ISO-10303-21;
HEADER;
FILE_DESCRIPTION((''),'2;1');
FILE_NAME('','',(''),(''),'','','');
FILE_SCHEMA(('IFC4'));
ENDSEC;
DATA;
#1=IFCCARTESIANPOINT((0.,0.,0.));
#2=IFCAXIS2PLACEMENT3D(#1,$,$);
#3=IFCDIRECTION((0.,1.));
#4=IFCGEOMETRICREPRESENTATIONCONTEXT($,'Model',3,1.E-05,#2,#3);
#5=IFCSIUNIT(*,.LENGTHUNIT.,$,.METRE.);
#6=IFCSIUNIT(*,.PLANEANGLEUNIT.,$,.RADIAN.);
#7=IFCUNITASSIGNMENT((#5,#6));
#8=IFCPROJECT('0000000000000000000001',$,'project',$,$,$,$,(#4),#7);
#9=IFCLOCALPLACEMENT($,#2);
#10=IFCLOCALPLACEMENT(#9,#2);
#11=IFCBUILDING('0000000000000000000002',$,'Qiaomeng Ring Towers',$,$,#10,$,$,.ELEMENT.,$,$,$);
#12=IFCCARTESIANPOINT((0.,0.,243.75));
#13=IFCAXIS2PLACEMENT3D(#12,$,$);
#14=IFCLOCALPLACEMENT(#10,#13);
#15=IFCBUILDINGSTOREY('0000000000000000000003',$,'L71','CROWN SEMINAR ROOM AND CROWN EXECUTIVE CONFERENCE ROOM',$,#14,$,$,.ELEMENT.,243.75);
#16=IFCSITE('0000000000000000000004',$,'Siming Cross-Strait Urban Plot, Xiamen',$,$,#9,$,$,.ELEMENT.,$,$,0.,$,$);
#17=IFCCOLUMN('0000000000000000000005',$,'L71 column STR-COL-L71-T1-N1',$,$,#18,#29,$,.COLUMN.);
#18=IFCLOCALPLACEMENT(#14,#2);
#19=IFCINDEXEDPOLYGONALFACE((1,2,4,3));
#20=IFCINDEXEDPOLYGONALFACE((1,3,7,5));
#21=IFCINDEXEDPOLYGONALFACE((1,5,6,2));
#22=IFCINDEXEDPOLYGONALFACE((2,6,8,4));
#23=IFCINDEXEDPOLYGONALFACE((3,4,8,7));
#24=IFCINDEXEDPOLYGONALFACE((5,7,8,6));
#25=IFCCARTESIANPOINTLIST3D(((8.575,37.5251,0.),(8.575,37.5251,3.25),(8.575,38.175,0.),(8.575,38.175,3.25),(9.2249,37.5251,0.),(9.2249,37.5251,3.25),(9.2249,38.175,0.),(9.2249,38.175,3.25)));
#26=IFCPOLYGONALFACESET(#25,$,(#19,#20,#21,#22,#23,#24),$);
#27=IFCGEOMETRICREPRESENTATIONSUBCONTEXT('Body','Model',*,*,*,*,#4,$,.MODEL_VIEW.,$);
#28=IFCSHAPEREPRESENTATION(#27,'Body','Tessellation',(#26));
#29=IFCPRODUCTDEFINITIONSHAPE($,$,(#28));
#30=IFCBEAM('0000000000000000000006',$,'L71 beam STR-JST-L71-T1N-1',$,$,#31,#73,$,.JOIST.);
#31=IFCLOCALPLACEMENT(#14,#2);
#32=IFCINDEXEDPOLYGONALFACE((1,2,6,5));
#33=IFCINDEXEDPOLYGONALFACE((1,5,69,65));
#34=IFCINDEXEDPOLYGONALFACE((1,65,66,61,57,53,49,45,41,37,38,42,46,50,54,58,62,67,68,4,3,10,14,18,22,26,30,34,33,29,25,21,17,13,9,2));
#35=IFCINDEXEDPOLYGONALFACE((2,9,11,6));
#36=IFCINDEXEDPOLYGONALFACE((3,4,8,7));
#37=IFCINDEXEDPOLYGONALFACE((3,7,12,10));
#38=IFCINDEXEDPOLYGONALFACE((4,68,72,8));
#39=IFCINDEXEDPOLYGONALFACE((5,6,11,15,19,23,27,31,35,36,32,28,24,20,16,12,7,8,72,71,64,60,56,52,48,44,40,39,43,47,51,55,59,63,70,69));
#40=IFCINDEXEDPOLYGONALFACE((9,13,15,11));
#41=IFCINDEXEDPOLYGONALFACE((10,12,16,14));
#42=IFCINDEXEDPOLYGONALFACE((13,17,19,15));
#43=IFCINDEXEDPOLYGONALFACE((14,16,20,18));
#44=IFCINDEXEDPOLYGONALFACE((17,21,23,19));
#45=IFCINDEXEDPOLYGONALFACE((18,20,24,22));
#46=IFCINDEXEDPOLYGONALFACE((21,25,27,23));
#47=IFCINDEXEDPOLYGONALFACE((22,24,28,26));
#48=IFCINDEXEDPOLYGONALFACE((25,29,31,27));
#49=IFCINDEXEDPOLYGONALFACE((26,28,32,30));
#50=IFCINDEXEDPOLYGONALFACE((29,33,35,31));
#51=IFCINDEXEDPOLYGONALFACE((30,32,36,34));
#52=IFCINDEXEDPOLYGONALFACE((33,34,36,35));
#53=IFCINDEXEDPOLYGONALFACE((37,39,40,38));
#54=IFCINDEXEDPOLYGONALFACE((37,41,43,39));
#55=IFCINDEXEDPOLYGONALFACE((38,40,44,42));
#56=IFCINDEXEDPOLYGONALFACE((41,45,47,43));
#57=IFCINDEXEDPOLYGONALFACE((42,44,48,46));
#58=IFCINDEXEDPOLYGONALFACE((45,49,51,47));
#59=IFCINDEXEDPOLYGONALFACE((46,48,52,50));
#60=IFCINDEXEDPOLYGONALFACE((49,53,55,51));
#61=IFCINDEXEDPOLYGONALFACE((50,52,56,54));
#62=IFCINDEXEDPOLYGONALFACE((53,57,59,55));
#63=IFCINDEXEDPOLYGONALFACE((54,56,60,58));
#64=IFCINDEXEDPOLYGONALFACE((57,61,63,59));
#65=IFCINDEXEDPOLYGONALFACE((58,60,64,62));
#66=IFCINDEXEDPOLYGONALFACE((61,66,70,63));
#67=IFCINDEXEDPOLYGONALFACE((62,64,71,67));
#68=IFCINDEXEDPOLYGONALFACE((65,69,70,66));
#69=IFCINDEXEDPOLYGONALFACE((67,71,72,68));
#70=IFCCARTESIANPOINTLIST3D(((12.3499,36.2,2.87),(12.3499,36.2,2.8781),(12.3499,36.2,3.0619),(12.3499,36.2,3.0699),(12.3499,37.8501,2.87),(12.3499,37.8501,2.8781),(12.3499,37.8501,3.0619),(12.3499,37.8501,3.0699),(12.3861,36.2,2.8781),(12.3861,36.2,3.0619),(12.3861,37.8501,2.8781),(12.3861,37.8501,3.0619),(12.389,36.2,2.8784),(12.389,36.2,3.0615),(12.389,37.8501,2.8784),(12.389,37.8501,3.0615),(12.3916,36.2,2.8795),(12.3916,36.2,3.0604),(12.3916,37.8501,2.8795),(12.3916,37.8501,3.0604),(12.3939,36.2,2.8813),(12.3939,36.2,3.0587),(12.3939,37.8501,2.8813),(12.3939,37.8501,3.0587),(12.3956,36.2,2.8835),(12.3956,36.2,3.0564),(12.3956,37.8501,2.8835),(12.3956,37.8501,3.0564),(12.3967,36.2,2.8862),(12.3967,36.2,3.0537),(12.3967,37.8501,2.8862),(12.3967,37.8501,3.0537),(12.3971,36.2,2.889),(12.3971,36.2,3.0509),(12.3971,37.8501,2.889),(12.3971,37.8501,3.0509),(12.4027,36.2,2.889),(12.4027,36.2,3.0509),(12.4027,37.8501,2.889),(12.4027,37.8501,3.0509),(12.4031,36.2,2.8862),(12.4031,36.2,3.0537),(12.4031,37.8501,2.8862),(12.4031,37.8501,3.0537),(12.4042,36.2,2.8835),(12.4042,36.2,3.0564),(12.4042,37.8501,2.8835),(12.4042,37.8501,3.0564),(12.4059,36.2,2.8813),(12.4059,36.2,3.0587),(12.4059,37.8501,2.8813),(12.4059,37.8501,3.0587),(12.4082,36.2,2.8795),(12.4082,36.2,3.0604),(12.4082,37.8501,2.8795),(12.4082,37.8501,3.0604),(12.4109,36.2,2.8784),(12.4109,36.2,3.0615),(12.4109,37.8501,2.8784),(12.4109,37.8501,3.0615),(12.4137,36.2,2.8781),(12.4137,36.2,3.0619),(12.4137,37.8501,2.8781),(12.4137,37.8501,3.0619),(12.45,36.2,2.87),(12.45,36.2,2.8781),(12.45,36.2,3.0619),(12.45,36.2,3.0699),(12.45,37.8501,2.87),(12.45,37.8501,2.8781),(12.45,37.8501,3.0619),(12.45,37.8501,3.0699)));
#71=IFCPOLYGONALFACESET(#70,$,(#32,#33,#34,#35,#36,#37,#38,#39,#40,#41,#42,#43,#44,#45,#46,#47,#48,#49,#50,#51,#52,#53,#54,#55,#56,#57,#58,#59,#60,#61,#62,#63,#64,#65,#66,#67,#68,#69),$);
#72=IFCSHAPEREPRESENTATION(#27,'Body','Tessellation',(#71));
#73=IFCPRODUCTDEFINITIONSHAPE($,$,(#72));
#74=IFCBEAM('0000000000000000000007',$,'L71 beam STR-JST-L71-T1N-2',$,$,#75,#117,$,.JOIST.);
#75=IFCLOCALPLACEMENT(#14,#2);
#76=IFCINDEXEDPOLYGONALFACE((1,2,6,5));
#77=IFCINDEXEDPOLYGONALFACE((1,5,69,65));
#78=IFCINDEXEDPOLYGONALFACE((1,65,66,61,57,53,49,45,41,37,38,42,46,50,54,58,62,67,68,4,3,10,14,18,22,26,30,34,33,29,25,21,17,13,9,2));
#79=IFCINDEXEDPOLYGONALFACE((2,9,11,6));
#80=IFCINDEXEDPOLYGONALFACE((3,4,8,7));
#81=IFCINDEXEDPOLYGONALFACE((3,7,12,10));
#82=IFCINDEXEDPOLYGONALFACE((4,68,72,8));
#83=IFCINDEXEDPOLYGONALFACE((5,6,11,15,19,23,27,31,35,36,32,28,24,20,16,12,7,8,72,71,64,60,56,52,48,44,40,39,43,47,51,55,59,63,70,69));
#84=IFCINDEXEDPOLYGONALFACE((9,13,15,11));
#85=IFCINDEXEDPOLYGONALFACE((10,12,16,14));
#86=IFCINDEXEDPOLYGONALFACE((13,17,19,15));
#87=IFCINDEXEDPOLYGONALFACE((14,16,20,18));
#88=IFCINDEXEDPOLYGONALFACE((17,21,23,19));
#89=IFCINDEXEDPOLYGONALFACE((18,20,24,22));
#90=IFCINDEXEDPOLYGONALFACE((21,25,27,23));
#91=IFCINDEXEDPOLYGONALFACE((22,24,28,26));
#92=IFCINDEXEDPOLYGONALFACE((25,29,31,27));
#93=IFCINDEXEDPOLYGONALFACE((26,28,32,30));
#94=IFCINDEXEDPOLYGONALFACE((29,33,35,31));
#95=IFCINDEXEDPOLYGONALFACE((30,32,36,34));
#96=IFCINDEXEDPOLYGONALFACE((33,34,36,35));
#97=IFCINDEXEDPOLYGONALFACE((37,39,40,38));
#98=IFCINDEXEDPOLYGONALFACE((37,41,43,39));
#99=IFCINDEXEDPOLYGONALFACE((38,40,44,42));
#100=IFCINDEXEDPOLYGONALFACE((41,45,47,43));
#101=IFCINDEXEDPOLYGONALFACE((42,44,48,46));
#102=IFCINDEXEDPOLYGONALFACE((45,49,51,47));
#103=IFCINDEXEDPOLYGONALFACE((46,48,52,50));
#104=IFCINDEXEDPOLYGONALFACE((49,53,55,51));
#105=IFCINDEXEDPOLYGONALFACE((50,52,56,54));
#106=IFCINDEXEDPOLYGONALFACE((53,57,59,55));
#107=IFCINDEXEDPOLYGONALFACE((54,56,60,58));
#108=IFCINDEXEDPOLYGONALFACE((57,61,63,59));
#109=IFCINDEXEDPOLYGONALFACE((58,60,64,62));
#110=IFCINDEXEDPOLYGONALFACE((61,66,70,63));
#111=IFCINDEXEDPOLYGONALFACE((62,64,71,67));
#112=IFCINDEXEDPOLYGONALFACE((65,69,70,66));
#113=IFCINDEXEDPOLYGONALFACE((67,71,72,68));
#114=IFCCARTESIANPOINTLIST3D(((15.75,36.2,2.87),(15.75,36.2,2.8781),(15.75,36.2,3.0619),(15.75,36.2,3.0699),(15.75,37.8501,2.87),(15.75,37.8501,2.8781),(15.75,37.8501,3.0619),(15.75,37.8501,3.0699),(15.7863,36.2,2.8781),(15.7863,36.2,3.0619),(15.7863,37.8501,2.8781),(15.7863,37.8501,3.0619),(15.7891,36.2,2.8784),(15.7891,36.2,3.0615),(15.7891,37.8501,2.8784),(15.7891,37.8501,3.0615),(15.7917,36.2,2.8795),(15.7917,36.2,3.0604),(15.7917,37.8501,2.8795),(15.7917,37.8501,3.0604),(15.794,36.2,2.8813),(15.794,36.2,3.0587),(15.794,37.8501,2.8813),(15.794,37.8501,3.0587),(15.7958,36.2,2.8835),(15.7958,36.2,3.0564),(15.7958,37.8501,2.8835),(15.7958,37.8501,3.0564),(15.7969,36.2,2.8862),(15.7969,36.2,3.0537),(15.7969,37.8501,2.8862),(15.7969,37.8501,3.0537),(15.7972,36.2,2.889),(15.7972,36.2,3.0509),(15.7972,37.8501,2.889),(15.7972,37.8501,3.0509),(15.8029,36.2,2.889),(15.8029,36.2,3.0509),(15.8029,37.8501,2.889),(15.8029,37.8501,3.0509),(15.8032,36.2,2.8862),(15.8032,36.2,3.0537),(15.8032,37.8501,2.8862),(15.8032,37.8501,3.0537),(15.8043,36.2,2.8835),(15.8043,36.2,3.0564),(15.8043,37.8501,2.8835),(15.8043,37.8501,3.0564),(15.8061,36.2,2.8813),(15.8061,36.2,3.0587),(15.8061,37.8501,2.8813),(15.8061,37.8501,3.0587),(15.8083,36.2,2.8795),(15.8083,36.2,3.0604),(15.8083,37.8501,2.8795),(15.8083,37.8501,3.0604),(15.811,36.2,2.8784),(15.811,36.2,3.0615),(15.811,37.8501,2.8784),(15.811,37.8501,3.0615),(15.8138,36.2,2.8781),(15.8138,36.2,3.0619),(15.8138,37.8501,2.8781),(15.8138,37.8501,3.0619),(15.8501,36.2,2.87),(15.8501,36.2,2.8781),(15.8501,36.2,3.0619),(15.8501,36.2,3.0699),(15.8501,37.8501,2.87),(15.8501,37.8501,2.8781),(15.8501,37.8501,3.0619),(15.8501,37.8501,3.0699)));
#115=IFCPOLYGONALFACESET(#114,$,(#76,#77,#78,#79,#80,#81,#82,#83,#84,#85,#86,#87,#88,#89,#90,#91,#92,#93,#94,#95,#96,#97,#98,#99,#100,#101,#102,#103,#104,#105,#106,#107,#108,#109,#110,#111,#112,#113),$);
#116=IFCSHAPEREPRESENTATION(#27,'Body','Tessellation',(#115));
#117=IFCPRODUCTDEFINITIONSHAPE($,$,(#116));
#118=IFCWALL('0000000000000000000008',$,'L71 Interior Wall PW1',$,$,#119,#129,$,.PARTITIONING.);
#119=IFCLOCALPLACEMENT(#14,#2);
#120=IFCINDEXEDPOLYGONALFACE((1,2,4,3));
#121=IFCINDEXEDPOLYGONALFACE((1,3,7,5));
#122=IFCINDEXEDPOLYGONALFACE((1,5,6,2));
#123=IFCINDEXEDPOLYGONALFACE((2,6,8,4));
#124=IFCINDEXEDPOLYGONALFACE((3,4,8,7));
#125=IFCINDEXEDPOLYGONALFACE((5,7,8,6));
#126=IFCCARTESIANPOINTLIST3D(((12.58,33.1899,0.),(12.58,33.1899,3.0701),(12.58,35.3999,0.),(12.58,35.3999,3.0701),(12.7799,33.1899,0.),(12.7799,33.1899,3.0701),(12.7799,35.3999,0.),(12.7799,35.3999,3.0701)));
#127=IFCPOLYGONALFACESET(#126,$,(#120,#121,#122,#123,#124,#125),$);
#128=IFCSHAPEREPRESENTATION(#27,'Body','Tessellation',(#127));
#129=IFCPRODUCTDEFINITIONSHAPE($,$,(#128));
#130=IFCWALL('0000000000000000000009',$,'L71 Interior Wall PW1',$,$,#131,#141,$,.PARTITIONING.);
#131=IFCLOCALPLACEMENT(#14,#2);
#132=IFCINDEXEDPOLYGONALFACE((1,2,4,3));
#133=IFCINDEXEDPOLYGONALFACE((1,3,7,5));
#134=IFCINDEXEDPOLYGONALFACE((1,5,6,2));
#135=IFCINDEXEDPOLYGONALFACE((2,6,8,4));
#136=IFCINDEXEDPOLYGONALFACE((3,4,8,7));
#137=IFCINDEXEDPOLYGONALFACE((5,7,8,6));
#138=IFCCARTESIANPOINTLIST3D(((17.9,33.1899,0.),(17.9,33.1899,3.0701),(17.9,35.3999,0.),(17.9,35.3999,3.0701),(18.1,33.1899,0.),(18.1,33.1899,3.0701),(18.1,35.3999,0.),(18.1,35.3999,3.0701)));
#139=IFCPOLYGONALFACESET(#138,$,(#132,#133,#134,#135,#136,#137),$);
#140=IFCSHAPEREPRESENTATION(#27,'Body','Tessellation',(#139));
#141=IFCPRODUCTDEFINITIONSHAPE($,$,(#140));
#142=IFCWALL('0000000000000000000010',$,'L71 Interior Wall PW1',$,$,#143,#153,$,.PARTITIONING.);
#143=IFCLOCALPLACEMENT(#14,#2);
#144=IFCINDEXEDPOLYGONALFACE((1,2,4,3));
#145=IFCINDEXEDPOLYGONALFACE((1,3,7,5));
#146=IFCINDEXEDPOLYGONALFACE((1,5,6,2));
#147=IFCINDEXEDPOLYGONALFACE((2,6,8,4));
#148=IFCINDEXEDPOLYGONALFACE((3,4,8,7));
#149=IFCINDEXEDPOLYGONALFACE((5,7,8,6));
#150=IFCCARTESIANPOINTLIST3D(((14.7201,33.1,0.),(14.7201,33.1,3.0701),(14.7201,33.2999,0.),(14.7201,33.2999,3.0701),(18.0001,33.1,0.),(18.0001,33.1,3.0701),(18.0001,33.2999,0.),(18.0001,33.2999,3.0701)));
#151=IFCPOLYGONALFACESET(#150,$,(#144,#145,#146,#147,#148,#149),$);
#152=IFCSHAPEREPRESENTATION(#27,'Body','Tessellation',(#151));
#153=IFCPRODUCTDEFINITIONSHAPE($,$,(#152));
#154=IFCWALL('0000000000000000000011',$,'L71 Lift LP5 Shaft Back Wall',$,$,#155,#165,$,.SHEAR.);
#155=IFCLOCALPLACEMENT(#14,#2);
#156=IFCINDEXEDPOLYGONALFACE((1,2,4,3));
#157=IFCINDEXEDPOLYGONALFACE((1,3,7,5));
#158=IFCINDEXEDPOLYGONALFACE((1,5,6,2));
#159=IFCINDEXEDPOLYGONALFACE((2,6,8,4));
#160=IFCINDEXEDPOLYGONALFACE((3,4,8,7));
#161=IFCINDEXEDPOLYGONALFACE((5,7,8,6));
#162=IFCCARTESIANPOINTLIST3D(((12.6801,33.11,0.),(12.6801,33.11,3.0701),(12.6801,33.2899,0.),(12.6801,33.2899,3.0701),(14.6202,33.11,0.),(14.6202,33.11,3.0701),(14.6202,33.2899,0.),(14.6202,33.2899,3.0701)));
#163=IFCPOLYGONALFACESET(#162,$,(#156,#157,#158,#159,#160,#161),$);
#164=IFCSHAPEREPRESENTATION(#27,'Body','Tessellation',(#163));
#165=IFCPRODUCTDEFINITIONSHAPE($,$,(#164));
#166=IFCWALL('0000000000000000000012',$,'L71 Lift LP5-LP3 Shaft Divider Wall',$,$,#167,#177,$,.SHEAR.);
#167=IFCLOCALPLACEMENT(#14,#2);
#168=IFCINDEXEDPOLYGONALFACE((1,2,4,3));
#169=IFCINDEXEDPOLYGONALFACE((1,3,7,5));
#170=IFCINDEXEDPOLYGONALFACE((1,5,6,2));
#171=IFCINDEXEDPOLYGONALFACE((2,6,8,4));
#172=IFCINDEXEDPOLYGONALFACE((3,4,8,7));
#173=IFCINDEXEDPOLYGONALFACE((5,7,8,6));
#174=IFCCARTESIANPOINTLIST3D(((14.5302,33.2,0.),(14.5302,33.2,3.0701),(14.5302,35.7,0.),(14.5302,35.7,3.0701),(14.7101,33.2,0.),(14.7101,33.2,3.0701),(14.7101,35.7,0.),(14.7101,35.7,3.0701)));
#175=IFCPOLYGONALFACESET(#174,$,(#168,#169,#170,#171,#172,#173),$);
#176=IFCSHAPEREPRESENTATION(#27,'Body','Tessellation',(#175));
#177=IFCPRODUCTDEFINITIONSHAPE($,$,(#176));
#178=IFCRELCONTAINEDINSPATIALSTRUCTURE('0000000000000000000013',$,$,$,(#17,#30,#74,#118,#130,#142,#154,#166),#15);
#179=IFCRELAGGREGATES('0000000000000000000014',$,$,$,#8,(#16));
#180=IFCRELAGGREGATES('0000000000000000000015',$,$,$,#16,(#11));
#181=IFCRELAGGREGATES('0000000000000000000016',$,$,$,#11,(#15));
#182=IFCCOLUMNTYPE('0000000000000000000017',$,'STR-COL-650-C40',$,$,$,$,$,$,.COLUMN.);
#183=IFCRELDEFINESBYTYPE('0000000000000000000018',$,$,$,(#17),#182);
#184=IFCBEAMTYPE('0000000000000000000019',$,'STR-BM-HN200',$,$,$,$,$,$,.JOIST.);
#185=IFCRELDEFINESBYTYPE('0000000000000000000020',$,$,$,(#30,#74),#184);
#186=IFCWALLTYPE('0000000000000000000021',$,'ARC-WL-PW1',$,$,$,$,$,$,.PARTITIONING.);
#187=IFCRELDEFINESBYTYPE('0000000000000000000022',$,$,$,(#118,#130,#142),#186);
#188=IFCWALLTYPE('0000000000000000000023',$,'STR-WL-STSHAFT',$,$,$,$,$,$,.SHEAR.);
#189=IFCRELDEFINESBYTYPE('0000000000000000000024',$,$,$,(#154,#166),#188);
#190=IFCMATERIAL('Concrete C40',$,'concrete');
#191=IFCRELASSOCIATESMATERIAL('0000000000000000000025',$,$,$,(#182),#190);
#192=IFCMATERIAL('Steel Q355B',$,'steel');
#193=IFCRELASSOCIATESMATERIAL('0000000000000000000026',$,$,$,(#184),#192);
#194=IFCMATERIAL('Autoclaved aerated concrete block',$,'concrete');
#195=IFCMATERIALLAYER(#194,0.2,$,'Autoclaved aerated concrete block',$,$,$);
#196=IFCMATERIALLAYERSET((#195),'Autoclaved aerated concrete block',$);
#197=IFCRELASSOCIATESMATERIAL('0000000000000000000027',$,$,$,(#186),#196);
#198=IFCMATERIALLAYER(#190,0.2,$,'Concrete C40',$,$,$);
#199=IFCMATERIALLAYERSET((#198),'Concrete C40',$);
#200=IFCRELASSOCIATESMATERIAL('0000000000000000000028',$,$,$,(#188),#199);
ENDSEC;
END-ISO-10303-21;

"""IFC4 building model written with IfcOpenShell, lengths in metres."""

from ifc_helpers import new_model, si_unit, direction, frame, frame_2d, origin, origin_2d, place, context, subcontext, project, spatial, rectangle, i_section, extrude, source, transform, mapped, material, layer, layer_set, material_profile, profile_set, type_object, element, save


model = new_model("IFC4")

# Units and contexts
model_context = context("Model", 3, precision=1e-05, world=origin(), true_north=direction((0.0, 1.0)))
body_context = subcontext(model_context, "Body", "Model", "MODEL_VIEW")
ifc_project = project(units=[si_unit("LENGTHUNIT", "METRE"), si_unit("PLANEANGLEUNIT", "RADIAN")], contexts=[model_context])

# Site, building, storey
site_placement = place(None, origin())
site = spatial("IfcSite", under=ifc_project, at=site_placement, Name="Siming Cross-Strait Urban Plot, Xiamen", CompositionType="ELEMENT", RefElevation=0.0)
building_placement = place(site_placement, origin())
building = spatial("IfcBuilding", under=site, at=building_placement, Name="Qiaomeng Ring Towers", CompositionType="ELEMENT")
storey_placement = place(building_placement, frame((0.0, 0.0, 243.75)))
storey = spatial("IfcBuildingStorey", under=building, at=storey_placement, Name="L71", Description="CROWN SEMINAR ROOM AND CROWN EXECUTIVE CONFERENCE ROOM", CompositionType="ELEMENT", Elevation=243.75)

# Column
ifc_material_1 = material(Name="Concrete C40", Category="concrete")
ifc_material_profile_1 = material_profile(ifc_material_1, rectangle(XDim=0.6499, YDim=0.6499, at=origin_2d()), Name="RC COL 650x650")
ifc_profile_set_1 = profile_set([ifc_material_profile_1], Name="Concrete C40")
column_type = type_object("IfcColumnType", Name="STR-COL-650-C40", PredefinedType="COLUMN", material=ifc_profile_set_1)
shared_shape_1 = source(origin(), body_context, "Body", "SweptSolid", [
    extrude(rectangle(XDim=0.6499, YDim=0.6499, at=origin_2d()), origin(), (0.0, 0.0, 1.0), 3.25),
])
column_placement = place(storey_placement, frame((8.8999, 37.8501, 0.0), z_axis=(0.0, 0.0, 1.0), x_axis=(1.0, 0.0, 0.0)))
element("IfcColumn", 1, at=column_placement, inside=storey, type_object=column_type, Name="L71 column STR-COL-L71-T1-N1", PredefinedType="COLUMN", context=body_context, shape_type="MappedRepresentation", body=[
    mapped(shared_shape_1, transform((0.0, 0.0, 0.0), x_axis=(1.0, 0.0, 0.0), y_axis=(0.0, 1.0, 0.0), z_axis=(0.0, 0.0, 1.0), scale=1.0)),
])

# Beams
ifc_material_2 = material(Name="Steel Q355B", Category="steel")
ifc_material_profile_2 = material_profile(ifc_material_2, i_section(OverallWidth=0.1001, OverallDepth=0.2, WebThickness=0.0056, FlangeThickness=0.0081, FilletRadius=0.011, at=origin_2d()), Name="HN 200x100x5.5x8")
ifc_profile_set_2 = profile_set([ifc_material_profile_2], Name="Steel Q355B")
beam_type = type_object("IfcBeamType", Name="STR-BM-HN200", PredefinedType="JOIST", material=ifc_profile_set_2)
shared_shape_2 = source(origin(), body_context, "Body", "SweptSolid", [
    extrude(i_section(OverallWidth=0.1001, OverallDepth=0.2, WebThickness=0.0056, FlangeThickness=0.0081, FilletRadius=0.011, at=origin_2d()), origin(), (0.0, 0.0, 1.0), 1.6501),
])
for number, where, z_axis, x_axis, name in (
    (2, (12.3999, 36.2, 2.97), (0.0, 1.0, 0.0), (-1.0, 0.0, 0.0), "L71 beam STR-JST-L71-T1N-1"),
    (3, (15.8, 36.2, 2.97), (0.0, 1.0, 0.0), (-1.0, 0.0, 0.0), "L71 beam STR-JST-L71-T1N-2"),
):
    element("IfcBeam", number, at=place(storey_placement, frame(where, z_axis=z_axis, x_axis=x_axis)), inside=storey, type_object=beam_type, Name=name, PredefinedType="JOIST", context=body_context, shape_type="MappedRepresentation", body=[
        mapped(shared_shape_2, transform((0.0, 0.0, 0.0), x_axis=(1.0, 0.0, 0.0), y_axis=(0.0, 1.0, 0.0), z_axis=(0.0, 0.0, 1.0), scale=1.0)),
    ])

# Walls
ifc_material_3 = material(Name="Autoclaved aerated concrete block", Category="concrete")
ifc_layer_1 = layer(ifc_material_3, 0.2, Name="Autoclaved aerated concrete block")
ifc_layer_set_1 = layer_set([ifc_layer_1], Name="Autoclaved aerated concrete block")
wall_type_1 = type_object("IfcWallType", Name="ARC-WL-PW1", PredefinedType="PARTITIONING", material=ifc_layer_set_1)
for number, where, z_axis, x_axis, name in (
    (4, (12.6799, 33.1899, 0.0), (0.0, 0.0, 1.0), (0.0, 1.0, 0.0), "L71 Interior Wall PW1"),
    (5, (18.0, 33.1899, 0.0), (0.0, 0.0, 1.0), (0.0, 1.0, 0.0), "L71 Interior Wall PW1"),
):
    element("IfcWall", number, at=place(storey_placement, frame(where, z_axis=z_axis, x_axis=x_axis)), inside=storey, type_object=wall_type_1, Name=name, PredefinedType="PARTITIONING", context=body_context, shape_type="SweptSolid", body=[
        extrude(rectangle(XDim=2.21, YDim=0.2, at=frame_2d((1.105, 0.0))), origin(), (0.0, 0.0, 1.0), 3.0701),
    ])
wall_1_placement = place(storey_placement, frame((14.72, 33.2, 0.0), z_axis=(0.0, 0.0, 1.0), x_axis=(1.0, 0.0, 0.0)))
element("IfcWall", 6, at=wall_1_placement, inside=storey, type_object=wall_type_1, Name="L71 Interior Wall PW1", PredefinedType="PARTITIONING", context=body_context, shape_type="SweptSolid", body=[
    extrude(rectangle(XDim=3.28, YDim=0.2, at=frame_2d((1.6401, 0.0))), origin(), (0.0, 0.0, 1.0), 3.0701),
])
ifc_layer_2 = layer(ifc_material_1, 0.2, Name="Concrete C40")
ifc_layer_set_2 = layer_set([ifc_layer_2], Name="Concrete C40")
wall_type_2 = type_object("IfcWallType", Name="STR-WL-STSHAFT", PredefinedType="SHEAR", material=ifc_layer_set_2)
wall_2_placement = place(storey_placement, frame((12.6799, 33.2, 0.0), z_axis=(0.0, 0.0, 1.0), x_axis=(1.0, 0.0, 0.0)))
element("IfcWall", 7, at=wall_2_placement, inside=storey, type_object=wall_type_2, Name="L71 Lift LP5 Shaft Back Wall", PredefinedType="SHEAR", context=body_context, shape_type="SweptSolid", body=[
    extrude(rectangle(XDim=1.9402, YDim=0.1799, at=frame_2d((0.9702, 0.0))), origin(), (0.0, 0.0, 1.0), 3.0701),
])
wall_3_placement = place(storey_placement, frame((14.6201, 33.2, 0.0), z_axis=(0.0, 0.0, 1.0), x_axis=(0.0, 1.0, 0.0)))
element("IfcWall", 8, at=wall_3_placement, inside=storey, type_object=wall_type_2, Name="L71 Lift LP5-LP3 Shaft Divider Wall", PredefinedType="SHEAR", context=body_context, shape_type="SweptSolid", body=[
    extrude(rectangle(XDim=2.5, YDim=0.1799, at=frame_2d((1.25, 0.0))), origin(), (0.0, 0.0, 1.0), 3.0701),
])

save(model, "model.ifc")
